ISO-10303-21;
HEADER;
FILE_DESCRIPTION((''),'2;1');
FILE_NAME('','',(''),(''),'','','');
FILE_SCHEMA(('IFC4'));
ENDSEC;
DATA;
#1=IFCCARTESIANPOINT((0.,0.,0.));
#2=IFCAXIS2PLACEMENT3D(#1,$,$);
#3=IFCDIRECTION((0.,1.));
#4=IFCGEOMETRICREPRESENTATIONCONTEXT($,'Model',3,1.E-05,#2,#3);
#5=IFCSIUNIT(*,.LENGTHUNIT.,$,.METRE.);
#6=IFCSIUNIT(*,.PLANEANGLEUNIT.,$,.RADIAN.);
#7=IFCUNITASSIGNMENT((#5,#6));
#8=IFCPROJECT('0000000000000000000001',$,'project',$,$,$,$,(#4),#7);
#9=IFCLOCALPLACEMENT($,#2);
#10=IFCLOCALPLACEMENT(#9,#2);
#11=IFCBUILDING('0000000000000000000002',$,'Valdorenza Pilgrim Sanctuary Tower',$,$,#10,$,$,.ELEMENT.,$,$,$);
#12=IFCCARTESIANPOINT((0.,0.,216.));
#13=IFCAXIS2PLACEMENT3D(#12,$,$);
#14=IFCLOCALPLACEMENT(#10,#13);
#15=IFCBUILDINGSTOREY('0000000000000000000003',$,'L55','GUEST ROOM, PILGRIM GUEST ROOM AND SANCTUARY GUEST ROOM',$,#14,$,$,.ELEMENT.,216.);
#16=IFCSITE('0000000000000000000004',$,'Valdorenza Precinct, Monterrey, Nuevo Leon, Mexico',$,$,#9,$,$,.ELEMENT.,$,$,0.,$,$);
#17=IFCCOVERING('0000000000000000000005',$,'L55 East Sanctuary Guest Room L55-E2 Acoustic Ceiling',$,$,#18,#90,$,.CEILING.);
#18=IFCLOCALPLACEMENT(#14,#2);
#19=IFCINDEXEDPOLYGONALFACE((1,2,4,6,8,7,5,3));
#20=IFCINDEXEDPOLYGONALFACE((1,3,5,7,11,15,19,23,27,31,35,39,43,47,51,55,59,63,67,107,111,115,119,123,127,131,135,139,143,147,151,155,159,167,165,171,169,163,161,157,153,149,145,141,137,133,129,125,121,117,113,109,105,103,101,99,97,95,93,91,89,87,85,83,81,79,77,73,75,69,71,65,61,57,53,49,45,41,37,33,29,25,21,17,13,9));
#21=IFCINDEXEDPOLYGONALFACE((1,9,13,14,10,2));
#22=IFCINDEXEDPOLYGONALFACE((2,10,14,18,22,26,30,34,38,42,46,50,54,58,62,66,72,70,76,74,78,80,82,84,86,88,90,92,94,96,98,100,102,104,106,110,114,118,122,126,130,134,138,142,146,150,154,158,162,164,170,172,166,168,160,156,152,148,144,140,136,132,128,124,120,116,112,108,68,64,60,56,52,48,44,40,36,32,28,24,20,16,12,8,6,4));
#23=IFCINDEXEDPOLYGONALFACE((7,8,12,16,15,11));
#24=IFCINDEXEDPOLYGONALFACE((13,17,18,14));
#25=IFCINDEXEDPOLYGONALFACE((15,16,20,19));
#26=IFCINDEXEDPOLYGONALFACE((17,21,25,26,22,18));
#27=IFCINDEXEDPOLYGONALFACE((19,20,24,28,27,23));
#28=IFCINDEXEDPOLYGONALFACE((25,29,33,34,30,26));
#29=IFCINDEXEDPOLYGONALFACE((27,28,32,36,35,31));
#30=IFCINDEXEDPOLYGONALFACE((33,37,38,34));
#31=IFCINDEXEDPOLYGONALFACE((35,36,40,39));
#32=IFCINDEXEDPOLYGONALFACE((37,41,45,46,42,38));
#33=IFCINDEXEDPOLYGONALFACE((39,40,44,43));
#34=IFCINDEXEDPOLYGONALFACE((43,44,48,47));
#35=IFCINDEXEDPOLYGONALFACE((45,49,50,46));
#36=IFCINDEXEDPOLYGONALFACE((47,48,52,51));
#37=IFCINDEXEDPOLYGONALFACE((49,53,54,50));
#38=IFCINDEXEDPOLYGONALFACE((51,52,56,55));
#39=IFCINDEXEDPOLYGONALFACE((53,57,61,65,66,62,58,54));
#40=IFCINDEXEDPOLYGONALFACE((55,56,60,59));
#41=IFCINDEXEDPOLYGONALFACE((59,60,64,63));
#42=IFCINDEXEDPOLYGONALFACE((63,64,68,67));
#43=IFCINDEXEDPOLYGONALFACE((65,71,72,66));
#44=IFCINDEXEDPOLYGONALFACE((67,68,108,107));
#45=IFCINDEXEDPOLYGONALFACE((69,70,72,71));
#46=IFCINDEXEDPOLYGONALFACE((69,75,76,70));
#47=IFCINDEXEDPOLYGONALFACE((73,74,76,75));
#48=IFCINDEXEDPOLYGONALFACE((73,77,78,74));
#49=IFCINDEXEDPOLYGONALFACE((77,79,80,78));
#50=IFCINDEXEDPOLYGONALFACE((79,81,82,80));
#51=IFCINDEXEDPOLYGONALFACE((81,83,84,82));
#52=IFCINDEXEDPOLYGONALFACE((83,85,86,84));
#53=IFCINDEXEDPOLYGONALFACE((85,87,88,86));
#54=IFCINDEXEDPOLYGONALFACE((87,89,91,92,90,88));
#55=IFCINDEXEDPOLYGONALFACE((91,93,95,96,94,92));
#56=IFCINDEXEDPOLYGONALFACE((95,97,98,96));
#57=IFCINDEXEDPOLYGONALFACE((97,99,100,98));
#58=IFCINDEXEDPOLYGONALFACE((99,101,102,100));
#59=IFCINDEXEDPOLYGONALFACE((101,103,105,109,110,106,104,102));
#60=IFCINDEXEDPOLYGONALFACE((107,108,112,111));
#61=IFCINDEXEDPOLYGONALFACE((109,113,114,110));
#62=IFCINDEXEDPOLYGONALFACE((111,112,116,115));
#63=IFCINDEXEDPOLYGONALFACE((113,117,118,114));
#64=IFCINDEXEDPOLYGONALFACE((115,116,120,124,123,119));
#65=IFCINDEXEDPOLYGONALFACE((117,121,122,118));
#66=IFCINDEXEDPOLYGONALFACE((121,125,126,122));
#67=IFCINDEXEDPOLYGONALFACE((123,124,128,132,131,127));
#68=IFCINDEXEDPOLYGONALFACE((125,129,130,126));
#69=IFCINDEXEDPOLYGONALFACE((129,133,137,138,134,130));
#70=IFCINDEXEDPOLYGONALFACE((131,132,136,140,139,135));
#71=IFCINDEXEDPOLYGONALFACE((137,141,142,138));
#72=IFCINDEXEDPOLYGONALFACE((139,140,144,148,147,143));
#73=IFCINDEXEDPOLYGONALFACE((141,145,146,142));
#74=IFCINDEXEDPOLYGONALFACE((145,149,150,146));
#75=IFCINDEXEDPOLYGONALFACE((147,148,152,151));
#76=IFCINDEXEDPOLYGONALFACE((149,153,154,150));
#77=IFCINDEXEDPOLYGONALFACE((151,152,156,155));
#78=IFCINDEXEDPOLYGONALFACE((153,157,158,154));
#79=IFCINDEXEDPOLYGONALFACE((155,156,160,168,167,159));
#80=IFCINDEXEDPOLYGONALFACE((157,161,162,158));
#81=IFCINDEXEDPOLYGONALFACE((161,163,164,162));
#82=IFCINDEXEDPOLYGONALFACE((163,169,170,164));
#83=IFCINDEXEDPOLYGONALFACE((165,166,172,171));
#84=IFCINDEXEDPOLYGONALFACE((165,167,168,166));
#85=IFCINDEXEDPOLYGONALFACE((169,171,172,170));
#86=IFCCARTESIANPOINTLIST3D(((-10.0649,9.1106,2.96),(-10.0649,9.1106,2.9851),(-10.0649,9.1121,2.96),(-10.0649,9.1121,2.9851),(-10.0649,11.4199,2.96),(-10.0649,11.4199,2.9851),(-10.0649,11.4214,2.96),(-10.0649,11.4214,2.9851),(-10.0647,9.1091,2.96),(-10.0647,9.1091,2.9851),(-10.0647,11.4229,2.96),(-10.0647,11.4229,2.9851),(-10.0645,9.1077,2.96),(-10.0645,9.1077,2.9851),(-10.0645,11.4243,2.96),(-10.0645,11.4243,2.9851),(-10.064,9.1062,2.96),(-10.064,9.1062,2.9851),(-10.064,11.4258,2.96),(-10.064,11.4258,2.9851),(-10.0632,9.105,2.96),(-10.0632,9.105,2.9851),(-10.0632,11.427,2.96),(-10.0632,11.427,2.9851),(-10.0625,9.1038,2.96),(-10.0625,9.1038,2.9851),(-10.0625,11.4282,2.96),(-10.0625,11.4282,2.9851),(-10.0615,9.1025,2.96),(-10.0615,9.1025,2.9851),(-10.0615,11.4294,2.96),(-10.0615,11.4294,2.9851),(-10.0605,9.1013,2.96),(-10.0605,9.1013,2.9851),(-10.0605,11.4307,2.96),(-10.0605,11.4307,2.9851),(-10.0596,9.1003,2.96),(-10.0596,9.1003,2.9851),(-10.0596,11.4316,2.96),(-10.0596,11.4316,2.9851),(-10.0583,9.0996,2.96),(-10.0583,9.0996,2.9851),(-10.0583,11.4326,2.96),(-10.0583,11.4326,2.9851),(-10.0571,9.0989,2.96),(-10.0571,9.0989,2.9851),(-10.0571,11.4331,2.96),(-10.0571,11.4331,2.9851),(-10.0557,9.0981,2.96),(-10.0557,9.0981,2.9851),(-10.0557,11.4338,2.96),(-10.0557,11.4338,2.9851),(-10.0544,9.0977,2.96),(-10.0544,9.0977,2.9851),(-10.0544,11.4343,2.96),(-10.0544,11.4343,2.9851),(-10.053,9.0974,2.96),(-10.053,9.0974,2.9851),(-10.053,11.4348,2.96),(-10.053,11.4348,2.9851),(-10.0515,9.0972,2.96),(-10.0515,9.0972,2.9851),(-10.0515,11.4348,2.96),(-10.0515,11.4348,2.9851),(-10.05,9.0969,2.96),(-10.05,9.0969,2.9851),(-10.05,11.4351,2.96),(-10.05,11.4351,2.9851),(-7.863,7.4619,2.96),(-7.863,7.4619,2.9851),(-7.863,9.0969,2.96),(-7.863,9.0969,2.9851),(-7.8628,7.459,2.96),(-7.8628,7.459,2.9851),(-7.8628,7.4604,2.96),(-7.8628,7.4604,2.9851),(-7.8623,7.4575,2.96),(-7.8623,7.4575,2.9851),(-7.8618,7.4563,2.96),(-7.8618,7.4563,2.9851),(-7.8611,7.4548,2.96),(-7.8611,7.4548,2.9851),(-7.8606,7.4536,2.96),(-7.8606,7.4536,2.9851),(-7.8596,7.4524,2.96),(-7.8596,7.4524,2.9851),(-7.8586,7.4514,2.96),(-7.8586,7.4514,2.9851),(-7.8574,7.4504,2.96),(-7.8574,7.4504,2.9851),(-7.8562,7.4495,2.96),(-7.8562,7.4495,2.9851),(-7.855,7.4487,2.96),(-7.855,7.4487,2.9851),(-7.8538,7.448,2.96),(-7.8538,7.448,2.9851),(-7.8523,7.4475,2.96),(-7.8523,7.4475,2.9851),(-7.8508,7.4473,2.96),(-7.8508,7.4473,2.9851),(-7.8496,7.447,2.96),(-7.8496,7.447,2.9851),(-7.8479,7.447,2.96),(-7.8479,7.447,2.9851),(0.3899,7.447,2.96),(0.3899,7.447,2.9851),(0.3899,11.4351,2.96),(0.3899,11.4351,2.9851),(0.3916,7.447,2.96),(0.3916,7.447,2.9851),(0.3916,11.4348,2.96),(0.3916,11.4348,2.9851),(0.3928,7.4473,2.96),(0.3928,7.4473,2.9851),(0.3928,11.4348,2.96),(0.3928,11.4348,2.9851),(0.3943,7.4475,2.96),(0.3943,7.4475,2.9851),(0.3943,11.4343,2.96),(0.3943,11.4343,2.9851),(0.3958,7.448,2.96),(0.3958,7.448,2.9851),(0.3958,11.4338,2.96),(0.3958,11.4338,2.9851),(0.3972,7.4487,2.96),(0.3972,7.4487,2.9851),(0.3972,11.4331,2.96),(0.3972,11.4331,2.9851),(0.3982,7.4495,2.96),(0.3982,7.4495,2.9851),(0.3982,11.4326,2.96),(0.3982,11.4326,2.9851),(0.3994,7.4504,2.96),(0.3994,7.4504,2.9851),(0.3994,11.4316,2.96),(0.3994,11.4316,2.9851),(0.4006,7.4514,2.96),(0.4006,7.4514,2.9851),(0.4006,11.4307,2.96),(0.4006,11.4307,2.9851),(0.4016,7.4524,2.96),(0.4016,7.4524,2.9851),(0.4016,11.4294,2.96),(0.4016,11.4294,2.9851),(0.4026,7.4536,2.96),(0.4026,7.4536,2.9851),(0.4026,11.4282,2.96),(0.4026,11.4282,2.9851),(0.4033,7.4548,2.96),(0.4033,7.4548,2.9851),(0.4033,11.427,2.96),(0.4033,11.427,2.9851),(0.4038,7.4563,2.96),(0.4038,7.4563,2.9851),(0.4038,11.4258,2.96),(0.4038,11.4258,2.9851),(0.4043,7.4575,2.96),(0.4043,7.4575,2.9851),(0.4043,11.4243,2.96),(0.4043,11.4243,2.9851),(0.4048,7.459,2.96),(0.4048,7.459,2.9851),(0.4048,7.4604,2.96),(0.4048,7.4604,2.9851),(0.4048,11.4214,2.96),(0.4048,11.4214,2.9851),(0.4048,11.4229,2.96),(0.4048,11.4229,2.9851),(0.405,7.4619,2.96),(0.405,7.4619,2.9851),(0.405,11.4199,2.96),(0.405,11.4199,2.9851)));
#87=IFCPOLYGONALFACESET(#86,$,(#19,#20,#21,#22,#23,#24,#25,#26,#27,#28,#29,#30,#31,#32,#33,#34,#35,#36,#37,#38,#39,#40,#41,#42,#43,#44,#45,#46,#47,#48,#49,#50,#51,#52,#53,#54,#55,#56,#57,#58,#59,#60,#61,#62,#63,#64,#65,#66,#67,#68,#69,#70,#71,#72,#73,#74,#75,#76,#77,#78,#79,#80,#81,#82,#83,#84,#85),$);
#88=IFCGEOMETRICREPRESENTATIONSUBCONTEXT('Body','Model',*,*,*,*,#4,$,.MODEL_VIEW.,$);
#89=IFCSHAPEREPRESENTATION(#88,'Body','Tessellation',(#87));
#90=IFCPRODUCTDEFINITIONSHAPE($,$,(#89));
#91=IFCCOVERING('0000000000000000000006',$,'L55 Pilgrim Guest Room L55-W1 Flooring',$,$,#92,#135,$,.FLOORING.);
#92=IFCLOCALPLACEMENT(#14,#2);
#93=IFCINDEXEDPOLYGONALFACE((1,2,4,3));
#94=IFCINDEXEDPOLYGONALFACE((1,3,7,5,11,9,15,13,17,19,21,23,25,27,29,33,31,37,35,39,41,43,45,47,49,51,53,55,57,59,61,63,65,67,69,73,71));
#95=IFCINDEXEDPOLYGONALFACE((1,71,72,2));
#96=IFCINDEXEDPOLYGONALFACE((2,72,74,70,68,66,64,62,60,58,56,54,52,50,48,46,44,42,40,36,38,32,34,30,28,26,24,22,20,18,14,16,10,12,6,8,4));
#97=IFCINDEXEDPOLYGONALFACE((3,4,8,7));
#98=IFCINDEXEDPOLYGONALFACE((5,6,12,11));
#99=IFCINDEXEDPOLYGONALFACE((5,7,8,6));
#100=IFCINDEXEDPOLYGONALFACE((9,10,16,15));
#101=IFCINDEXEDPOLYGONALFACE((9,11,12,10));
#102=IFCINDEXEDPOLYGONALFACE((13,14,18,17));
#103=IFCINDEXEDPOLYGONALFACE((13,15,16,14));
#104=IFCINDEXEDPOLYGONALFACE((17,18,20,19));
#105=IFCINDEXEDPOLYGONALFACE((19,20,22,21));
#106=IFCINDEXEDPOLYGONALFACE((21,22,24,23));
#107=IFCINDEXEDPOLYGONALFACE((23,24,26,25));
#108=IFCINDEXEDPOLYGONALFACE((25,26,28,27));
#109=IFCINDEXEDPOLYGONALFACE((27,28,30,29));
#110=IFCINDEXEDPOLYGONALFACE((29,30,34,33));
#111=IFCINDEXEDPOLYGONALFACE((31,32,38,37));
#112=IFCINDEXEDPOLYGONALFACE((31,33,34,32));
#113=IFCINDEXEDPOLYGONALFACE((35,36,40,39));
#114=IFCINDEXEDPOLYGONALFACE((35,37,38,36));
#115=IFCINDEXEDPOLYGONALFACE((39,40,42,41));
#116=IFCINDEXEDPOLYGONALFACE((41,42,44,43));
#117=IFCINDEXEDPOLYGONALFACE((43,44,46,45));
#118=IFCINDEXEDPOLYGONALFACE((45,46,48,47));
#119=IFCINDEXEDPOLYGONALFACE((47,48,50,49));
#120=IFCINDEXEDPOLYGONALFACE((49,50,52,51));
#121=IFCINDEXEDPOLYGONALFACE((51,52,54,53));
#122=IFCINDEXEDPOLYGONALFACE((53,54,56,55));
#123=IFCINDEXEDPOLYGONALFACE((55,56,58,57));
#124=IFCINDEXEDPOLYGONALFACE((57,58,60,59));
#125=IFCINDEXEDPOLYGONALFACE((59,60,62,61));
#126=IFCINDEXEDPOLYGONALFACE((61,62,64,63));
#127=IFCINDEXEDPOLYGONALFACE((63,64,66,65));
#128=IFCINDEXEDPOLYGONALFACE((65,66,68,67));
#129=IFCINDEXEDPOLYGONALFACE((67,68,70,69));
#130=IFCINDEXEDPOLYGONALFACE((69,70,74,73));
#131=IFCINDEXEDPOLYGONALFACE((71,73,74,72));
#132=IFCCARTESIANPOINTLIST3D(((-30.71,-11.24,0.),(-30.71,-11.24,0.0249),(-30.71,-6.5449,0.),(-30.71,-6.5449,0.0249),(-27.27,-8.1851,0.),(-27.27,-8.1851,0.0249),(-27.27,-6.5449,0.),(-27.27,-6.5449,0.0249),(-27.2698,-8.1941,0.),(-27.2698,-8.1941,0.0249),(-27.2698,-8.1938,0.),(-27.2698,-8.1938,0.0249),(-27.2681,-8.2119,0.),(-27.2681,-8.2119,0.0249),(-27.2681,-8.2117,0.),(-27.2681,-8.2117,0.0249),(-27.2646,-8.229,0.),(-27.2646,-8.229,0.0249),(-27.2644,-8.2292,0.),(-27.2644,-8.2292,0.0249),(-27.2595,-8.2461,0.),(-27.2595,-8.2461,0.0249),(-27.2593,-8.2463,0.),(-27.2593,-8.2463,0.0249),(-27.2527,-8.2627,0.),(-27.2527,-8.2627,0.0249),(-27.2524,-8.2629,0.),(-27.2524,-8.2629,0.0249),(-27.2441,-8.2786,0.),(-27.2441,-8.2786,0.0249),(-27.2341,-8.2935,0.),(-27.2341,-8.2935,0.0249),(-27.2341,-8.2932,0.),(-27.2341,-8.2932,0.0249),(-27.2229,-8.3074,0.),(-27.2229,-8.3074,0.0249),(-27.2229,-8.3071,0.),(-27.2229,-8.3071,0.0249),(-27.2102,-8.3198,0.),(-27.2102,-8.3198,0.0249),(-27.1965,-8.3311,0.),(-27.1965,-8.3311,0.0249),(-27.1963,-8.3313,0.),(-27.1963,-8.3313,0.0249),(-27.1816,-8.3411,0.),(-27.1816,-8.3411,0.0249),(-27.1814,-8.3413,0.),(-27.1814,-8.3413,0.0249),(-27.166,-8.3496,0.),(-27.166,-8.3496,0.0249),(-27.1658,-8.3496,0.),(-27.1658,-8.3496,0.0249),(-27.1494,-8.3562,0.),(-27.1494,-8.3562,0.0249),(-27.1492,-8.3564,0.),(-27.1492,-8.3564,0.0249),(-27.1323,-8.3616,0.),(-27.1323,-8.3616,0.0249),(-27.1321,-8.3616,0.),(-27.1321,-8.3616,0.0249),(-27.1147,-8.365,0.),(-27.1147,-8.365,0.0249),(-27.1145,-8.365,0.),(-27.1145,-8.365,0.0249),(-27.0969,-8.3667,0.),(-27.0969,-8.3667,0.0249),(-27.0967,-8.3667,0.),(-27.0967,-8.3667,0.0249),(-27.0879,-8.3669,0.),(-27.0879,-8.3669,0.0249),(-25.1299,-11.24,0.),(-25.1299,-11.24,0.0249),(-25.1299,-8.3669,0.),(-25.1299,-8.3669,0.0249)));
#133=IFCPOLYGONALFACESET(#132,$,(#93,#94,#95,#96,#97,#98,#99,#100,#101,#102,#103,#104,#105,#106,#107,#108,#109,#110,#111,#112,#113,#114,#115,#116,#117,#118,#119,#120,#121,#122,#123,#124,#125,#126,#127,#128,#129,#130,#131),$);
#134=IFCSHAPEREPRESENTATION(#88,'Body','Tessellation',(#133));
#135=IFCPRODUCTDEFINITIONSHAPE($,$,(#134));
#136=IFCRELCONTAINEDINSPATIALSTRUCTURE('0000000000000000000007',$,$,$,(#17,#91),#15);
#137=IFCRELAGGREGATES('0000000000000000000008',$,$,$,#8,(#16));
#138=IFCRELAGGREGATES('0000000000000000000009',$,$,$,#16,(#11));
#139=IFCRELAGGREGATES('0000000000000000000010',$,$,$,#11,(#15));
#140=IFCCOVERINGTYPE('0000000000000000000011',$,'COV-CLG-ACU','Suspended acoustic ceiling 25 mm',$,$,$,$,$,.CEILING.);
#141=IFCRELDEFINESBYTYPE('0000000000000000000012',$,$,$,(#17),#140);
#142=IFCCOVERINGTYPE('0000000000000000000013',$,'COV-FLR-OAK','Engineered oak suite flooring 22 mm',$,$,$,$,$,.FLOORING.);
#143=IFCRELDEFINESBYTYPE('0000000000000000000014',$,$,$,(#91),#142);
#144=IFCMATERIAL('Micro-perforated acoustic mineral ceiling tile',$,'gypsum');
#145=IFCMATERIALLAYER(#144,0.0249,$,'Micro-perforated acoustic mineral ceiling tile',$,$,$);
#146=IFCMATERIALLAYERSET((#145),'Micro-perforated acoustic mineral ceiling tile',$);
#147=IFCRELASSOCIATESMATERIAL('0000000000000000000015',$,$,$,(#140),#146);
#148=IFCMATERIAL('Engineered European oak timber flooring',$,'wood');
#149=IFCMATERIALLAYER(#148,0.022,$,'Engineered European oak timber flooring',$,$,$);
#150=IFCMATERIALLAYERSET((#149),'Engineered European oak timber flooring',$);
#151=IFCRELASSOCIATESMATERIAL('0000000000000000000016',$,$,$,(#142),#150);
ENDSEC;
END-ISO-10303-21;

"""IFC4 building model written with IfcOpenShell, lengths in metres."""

from ifc_helpers import new_model, si_unit, direction, frame, origin, place, context, subcontext, project, spatial, polyline, outline, extrude, material, layer, layer_set, type_object, element, save


model = new_model("IFC4")

# Units and contexts
model_context = context("Model", 3, precision=1e-05, world=origin(), true_north=direction((0.0, 1.0)))
body_context = subcontext(model_context, "Body", "Model", "MODEL_VIEW")
ifc_project = project(units=[si_unit("LENGTHUNIT", "METRE"), si_unit("PLANEANGLEUNIT", "RADIAN")], contexts=[model_context])

# Site, building, storey
site_placement = place(None, origin())
site = spatial("IfcSite", under=ifc_project, at=site_placement, Name="Valdorenza Precinct, Monterrey, Nuevo Leon, Mexico", CompositionType="ELEMENT", RefElevation=0.0)
building_placement = place(site_placement, origin())
building = spatial("IfcBuilding", under=site, at=building_placement, Name="Valdorenza Pilgrim Sanctuary Tower", CompositionType="ELEMENT")
storey_placement = place(building_placement, frame((0.0, 0.0, 216.0)))
storey = spatial("IfcBuildingStorey", under=building, at=storey_placement, Name="L55", Description="GUEST ROOM, PILGRIM GUEST ROOM AND SANCTUARY GUEST ROOM", CompositionType="ELEMENT", Elevation=216.0)

# Coverings
ifc_material_1 = material(Name="Micro-perforated acoustic mineral ceiling tile", Category="gypsum")
ifc_layer_1 = layer(ifc_material_1, 0.0249, Name="Micro-perforated acoustic mineral ceiling tile")
ifc_layer_set_1 = layer_set([ifc_layer_1], Name="Micro-perforated acoustic mineral ceiling tile")
covering_type_1 = type_object("IfcCoveringType", Name="COV-CLG-ACU", Description="Suspended acoustic ceiling 25 mm", PredefinedType="CEILING", material=ifc_layer_set_1)
covering_1_placement = place(storey_placement, frame((0.0, 0.0, 2.96)))
element("IfcCovering", 1, at=covering_1_placement, inside=storey, type_object=covering_type_1, Name="L55 East Sanctuary Guest Room L55-E2 Acoustic Ceiling", PredefinedType="CEILING", context=body_context, shape_type="SweptSolid", body=[
    extrude(outline(polyline([(-7.863, 9.0969), (-10.05, 9.0969), (-10.0515, 9.0972), (-10.053, 9.0974), (-10.0544, 9.0977), (-10.0557, 9.0981), (-10.0571, 9.0989), (-10.0583, 9.0996), (-10.0596, 9.1003), (-10.0605, 9.1013), (-10.0615, 9.1025), (-10.0625, 9.1038), (-10.0632, 9.105), (-10.064, 9.1062), (-10.0645, 9.1077), (-10.0647, 9.1091), (-10.0649, 9.1106), (-10.0649, 9.1121), (-10.0649, 11.4199), (-10.0649, 11.4214), (-10.0647, 11.4229), (-10.0645, 11.4243), (-10.064, 11.4258), (-10.0632, 11.427), (-10.0625, 11.4282), (-10.0615, 11.4294), (-10.0605, 11.4307), (-10.0596, 11.4316), (-10.0583, 11.4326), (-10.0571, 11.4331), (-10.0557, 11.4338), (-10.0544, 11.4343), (-10.053, 11.4348), (-10.0515, 11.4348), (-10.05, 11.4351), (0.3899, 11.4351), (0.3916, 11.4348), (0.3928, 11.4348), (0.3943, 11.4343), (0.3958, 11.4338), (0.3972, 11.4331), (0.3982, 11.4326), (0.3994, 11.4316), (0.4006, 11.4307), (0.4016, 11.4294), (0.4026, 11.4282), (0.4033, 11.427), (0.4038, 11.4258), (0.4043, 11.4243), (0.4048, 11.4229), (0.4048, 11.4214), (0.405, 11.4199), (0.405, 7.4619), (0.4048, 7.4604), (0.4048, 7.459), (0.4043, 7.4575), (0.4038, 7.4563), (0.4033, 7.4548), (0.4026, 7.4536), (0.4016, 7.4524), (0.4006, 7.4514), (0.3994, 7.4504), (0.3982, 7.4495), (0.3972, 7.4487), (0.3958, 7.448), (0.3943, 7.4475), (0.3928, 7.4473), (0.3916, 7.447), (0.3899, 7.447), (-7.8479, 7.447), (-7.8496, 7.447), (-7.8508, 7.4473), (-7.8523, 7.4475), (-7.8538, 7.448), (-7.855, 7.4487), (-7.8562, 7.4495), (-7.8574, 7.4504), (-7.8586, 7.4514), (-7.8596, 7.4524), (-7.8606, 7.4536), (-7.8611, 7.4548), (-7.8618, 7.4563), (-7.8623, 7.4575), (-7.8628, 7.459), (-7.8628, 7.4604), (-7.863, 7.4619), (-7.863, 9.0969)])), origin(), (0.0, 0.0, 1.0), 0.0251),
])
ifc_material_2 = material(Name="Engineered European oak timber flooring", Category="wood")
ifc_layer_2 = layer(ifc_material_2, 0.022, Name="Engineered European oak timber flooring")
ifc_layer_set_2 = layer_set([ifc_layer_2], Name="Engineered European oak timber flooring")
covering_type_2 = type_object("IfcCoveringType", Name="COV-FLR-OAK", Description="Engineered oak suite flooring 22 mm", PredefinedType="FLOORING", material=ifc_layer_set_2)
covering_2_placement = place(storey_placement, origin())
element("IfcCovering", 2, at=covering_2_placement, inside=storey, type_object=covering_type_2, Name="L55 Pilgrim Guest Room L55-W1 Flooring", PredefinedType="FLOORING", context=body_context, shape_type="SweptSolid", body=[
    extrude(outline(polyline([(-30.71, -6.5449), (-27.27, -6.5449), (-27.27, -8.1851), (-27.2698, -8.1938), (-27.2698, -8.1941), (-27.2681, -8.2117), (-27.2681, -8.2119), (-27.2646, -8.229), (-27.2644, -8.2292), (-27.2595, -8.2461), (-27.2593, -8.2463), (-27.2527, -8.2627), (-27.2524, -8.2629), (-27.2441, -8.2786), (-27.2441, -8.2786), (-27.2341, -8.2932), (-27.2341, -8.2935), (-27.2229, -8.3071), (-27.2229, -8.3074), (-27.2102, -8.3198), (-27.2102, -8.3198), (-27.1965, -8.3311), (-27.1963, -8.3313), (-27.1816, -8.3411), (-27.1814, -8.3413), (-27.166, -8.3496), (-27.1658, -8.3496), (-27.1494, -8.3562), (-27.1492, -8.3564), (-27.1323, -8.3616), (-27.1321, -8.3616), (-27.1147, -8.365), (-27.1145, -8.365), (-27.0969, -8.3667), (-27.0967, -8.3667), (-27.0879, -8.3669), (-25.1299, -8.3669), (-25.1299, -11.24), (-30.71, -11.24), (-30.71, -6.5449)])), origin(), (0.0, 0.0, 1.0), 0.0249),
])

save(model, "model.ifc")
